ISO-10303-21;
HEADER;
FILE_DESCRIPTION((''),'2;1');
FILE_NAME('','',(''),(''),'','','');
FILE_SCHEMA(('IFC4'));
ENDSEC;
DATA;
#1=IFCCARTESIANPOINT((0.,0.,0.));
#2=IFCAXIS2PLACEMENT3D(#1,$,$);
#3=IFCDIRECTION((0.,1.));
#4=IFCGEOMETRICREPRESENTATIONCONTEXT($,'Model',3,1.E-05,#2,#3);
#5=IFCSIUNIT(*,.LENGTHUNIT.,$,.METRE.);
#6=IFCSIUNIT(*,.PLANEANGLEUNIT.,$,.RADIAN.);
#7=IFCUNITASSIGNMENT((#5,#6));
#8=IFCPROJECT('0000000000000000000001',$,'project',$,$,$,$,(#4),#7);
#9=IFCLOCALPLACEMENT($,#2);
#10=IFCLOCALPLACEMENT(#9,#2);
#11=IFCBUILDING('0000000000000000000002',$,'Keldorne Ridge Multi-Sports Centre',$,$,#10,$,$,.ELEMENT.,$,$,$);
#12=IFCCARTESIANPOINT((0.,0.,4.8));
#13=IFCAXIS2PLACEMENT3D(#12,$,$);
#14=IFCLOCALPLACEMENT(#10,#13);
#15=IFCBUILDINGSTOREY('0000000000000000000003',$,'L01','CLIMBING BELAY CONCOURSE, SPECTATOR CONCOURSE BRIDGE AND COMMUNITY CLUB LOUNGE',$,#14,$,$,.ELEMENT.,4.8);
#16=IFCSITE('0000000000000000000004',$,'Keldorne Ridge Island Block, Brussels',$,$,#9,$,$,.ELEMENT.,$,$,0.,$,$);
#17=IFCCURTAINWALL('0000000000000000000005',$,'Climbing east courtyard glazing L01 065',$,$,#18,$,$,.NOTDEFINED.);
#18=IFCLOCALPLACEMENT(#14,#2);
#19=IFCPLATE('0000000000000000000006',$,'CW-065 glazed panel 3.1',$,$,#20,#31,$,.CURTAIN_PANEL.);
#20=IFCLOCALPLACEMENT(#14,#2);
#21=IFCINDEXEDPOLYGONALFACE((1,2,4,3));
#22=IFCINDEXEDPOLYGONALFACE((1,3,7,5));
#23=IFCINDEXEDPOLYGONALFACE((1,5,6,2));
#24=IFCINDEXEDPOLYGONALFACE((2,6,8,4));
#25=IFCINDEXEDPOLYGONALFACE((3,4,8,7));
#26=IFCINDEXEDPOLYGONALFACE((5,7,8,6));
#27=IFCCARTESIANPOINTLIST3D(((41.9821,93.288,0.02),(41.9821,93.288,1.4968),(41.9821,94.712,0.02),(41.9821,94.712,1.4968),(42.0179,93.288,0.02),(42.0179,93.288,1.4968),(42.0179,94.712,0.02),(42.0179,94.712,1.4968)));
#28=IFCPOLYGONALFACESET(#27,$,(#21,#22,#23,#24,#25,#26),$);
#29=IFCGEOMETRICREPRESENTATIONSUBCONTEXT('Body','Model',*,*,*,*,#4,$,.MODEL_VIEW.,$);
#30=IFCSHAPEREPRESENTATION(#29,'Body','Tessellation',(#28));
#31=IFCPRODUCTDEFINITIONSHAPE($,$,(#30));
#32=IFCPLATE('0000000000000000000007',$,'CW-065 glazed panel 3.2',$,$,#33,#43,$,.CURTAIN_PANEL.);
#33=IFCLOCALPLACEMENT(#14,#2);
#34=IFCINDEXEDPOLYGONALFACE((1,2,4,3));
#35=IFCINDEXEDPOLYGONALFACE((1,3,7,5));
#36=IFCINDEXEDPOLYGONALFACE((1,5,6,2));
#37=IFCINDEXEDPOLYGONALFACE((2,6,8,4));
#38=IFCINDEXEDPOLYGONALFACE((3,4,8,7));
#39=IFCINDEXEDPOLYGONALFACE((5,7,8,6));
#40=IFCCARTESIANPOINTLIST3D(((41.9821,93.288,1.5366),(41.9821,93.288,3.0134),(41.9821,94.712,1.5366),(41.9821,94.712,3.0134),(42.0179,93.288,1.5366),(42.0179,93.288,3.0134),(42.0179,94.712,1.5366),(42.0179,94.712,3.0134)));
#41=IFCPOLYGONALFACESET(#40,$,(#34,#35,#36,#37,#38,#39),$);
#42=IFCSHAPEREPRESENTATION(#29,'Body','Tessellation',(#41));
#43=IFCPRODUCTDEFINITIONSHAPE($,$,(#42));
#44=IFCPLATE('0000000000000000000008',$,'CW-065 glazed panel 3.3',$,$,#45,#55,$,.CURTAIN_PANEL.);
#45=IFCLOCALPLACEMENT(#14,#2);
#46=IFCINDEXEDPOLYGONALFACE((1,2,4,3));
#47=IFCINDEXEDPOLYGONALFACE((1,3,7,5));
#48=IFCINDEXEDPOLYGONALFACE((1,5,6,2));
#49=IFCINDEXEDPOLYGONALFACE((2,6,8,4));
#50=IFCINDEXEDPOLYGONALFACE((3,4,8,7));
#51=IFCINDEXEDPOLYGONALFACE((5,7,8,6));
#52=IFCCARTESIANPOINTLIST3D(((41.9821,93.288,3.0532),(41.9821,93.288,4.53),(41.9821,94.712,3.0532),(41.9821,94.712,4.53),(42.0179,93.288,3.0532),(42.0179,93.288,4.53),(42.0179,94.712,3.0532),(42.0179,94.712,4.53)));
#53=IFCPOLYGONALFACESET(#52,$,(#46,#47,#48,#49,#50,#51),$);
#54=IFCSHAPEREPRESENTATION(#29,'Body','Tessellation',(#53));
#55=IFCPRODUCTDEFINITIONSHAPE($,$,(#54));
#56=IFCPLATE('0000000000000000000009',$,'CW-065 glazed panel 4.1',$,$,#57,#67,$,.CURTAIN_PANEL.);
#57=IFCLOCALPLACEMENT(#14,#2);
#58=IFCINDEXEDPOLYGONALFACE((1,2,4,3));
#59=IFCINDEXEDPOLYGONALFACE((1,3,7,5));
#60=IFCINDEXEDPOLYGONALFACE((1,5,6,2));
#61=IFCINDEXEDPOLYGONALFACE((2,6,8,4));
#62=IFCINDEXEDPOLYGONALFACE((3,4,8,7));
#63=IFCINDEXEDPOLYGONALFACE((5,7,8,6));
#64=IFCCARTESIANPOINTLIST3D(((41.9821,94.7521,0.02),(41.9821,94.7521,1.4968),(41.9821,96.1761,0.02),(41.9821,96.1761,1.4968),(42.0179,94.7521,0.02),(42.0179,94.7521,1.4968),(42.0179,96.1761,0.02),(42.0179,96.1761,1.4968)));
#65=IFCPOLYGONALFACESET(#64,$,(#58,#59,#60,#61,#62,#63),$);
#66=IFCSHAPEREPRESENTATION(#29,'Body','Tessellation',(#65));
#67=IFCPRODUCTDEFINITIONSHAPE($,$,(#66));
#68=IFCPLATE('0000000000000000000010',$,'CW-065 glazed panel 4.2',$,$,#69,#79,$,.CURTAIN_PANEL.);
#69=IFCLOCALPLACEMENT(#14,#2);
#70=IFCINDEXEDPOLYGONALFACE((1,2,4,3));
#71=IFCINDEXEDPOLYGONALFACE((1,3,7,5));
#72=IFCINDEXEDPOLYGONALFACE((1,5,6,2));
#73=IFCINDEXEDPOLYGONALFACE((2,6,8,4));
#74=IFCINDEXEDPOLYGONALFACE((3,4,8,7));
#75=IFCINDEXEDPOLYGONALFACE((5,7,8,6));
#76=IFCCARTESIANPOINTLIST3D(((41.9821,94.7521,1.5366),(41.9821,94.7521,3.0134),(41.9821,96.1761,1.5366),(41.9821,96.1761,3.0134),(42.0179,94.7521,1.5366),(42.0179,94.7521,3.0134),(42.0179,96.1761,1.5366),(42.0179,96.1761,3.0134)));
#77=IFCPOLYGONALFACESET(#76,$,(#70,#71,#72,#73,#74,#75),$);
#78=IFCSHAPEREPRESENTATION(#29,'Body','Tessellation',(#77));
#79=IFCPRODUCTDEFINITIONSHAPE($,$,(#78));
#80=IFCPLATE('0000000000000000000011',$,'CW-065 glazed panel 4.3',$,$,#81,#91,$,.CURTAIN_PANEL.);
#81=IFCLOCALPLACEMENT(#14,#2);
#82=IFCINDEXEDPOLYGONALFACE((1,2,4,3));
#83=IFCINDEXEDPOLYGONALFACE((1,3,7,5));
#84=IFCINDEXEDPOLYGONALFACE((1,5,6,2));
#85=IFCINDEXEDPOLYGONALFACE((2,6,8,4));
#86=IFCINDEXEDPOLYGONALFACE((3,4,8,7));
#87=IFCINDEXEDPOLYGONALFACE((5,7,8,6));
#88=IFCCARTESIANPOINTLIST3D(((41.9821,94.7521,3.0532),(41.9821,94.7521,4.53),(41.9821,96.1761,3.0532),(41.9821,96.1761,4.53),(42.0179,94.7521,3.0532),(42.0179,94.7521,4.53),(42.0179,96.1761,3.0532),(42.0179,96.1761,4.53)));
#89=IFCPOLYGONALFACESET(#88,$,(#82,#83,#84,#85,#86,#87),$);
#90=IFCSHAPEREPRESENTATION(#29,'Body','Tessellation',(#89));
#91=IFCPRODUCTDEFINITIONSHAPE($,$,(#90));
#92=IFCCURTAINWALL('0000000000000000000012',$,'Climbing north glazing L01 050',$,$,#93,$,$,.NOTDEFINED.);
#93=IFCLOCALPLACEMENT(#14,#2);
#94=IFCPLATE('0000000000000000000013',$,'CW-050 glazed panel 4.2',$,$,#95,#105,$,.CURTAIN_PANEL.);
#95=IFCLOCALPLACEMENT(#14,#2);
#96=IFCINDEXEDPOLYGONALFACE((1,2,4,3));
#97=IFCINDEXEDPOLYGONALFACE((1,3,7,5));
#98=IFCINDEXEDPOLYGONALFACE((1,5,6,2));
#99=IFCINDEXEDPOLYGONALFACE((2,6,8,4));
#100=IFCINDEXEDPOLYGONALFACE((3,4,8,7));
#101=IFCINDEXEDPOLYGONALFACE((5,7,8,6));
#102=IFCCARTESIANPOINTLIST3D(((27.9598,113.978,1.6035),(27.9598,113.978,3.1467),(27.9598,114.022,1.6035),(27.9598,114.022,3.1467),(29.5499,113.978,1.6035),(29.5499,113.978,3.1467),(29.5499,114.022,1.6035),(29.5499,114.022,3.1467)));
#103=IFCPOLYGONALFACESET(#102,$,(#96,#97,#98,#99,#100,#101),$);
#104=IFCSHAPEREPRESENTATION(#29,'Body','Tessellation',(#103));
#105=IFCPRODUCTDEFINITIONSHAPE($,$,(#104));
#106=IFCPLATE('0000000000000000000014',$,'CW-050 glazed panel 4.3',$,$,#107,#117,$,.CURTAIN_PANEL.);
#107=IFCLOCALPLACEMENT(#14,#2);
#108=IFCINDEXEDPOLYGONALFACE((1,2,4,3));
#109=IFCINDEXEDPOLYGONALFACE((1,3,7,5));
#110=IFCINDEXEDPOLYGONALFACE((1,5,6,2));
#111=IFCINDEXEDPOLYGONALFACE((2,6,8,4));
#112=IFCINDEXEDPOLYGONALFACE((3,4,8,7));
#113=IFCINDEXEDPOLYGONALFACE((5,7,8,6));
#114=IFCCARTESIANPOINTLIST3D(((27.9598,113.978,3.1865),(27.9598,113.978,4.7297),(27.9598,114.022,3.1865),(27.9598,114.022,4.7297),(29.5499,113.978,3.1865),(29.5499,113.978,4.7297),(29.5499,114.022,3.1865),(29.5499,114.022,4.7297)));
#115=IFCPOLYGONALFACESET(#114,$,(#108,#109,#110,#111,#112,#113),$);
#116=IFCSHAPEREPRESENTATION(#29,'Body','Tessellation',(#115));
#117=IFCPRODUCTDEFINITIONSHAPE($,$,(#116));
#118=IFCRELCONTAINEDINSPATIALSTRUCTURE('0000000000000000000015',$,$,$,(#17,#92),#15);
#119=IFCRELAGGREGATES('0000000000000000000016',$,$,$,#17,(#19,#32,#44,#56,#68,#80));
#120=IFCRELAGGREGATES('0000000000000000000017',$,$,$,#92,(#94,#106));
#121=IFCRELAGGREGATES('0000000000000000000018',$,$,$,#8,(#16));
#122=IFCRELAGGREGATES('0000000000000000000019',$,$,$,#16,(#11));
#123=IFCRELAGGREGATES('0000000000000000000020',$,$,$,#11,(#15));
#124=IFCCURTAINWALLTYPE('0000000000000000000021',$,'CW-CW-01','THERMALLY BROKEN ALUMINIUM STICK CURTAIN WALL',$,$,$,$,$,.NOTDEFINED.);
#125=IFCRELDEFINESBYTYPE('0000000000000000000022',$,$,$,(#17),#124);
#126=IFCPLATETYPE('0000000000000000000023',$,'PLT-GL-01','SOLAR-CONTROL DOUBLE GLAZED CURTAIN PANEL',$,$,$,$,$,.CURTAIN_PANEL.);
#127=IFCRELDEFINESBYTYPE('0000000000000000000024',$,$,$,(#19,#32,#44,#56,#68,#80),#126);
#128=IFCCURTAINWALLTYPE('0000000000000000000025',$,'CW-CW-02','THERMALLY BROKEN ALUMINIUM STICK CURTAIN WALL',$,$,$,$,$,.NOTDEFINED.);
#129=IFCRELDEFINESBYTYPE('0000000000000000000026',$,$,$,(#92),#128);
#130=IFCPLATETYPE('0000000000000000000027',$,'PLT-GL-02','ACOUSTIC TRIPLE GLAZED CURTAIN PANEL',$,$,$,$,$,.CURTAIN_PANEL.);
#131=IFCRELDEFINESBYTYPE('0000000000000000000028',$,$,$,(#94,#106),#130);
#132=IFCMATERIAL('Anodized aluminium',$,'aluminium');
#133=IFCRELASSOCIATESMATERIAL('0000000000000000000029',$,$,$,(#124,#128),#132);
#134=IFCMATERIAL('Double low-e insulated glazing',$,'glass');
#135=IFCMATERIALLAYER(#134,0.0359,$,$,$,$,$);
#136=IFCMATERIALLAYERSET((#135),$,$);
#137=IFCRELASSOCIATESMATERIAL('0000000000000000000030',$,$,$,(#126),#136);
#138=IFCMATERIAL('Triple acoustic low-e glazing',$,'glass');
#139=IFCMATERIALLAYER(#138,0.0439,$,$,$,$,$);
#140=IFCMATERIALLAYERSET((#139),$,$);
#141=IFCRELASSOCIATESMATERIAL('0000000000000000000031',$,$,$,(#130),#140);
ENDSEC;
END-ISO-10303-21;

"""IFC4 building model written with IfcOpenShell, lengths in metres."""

from ifc_helpers import new_model, si_unit, direction, frame, origin, origin_2d, place, context, subcontext, project, spatial, rectangle, extrude, material, layer, layer_set, type_object, element, aggregate, save


model = new_model("IFC4")

# Units and contexts
model_context = context("Model", 3, precision=1e-05, world=origin(), true_north=direction((0.0, 1.0)))
body_context = subcontext(model_context, "Body", "Model", "MODEL_VIEW")
ifc_project = project(units=[si_unit("LENGTHUNIT", "METRE"), si_unit("PLANEANGLEUNIT", "RADIAN")], contexts=[model_context])

# Site, building, storey
site_placement = place(None, origin())
site = spatial("IfcSite", under=ifc_project, at=site_placement, Name="Keldorne Ridge Island Block, Brussels", CompositionType="ELEMENT", RefElevation=0.0)
building_placement = place(site_placement, origin())
building = spatial("IfcBuilding", under=site, at=building_placement, Name="Keldorne Ridge Multi-Sports Centre", CompositionType="ELEMENT")
storey_placement = place(building_placement, frame((0.0, 0.0, 4.8)))
storey = spatial("IfcBuildingStorey", under=building, at=storey_placement, Name="L01", Description="CLIMBING BELAY CONCOURSE, SPECTATOR CONCOURSE BRIDGE AND COMMUNITY CLUB LOUNGE", CompositionType="ELEMENT", Elevation=4.8)

# Curtain wall, plates
ifc_material_1 = material(Name="Anodized aluminium", Category="aluminium")
curtain_wall_type_1 = type_object("IfcCurtainWallType", Name="CW-CW-01", Description="THERMALLY BROKEN ALUMINIUM STICK CURTAIN WALL", PredefinedType="NOTDEFINED", material=ifc_material_1)
curtain_wall_1_placement = place(storey_placement, origin())
curtain_wall_1 = element("IfcCurtainWall", 1, at=curtain_wall_1_placement, inside=storey, type_object=curtain_wall_type_1, Name="Climbing east courtyard glazing L01 065", PredefinedType="NOTDEFINED")
ifc_material_2 = material(Name="Double low-e insulated glazing", Category="glass")
ifc_layer_1 = layer(ifc_material_2, 0.0359)
ifc_layer_set_1 = layer_set([ifc_layer_1])
plate_type_1 = type_object("IfcPlateType", Name="PLT-GL-01", Description="SOLAR-CONTROL DOUBLE GLAZED CURTAIN PANEL", PredefinedType="CURTAIN_PANEL", material=ifc_layer_set_1)
plate_1_placement = place(storey_placement, frame((42.0, 94.0, 0.02), z_axis=(0.0, 0.0, 1.0), x_axis=(0.0, 1.0, 0.0)))
plate_1 = element("IfcPlate", 2, at=plate_1_placement, type_object=plate_type_1, Name="CW-065 glazed panel 3.1", PredefinedType="CURTAIN_PANEL", context=body_context, shape_type="SweptSolid", body=[
    extrude(rectangle(XDim=1.4241, YDim=0.0359, at=origin_2d()), origin(), (0.0, 0.0, 1.0), 1.4768),
])
plate_2_placement = place(storey_placement, frame((42.0, 94.0, 1.5366), z_axis=(0.0, 0.0, 1.0), x_axis=(0.0, 1.0, 0.0)))
plate_2 = element("IfcPlate", 3, at=plate_2_placement, type_object=plate_type_1, Name="CW-065 glazed panel 3.2", PredefinedType="CURTAIN_PANEL", context=body_context, shape_type="SweptSolid", body=[
    extrude(rectangle(XDim=1.4241, YDim=0.0359, at=origin_2d()), origin(), (0.0, 0.0, 1.0), 1.4768),
])
plate_3_placement = place(storey_placement, frame((42.0, 94.0, 3.0532), z_axis=(0.0, 0.0, 1.0), x_axis=(0.0, 1.0, 0.0)))
plate_3 = element("IfcPlate", 4, at=plate_3_placement, type_object=plate_type_1, Name="CW-065 glazed panel 3.3", PredefinedType="CURTAIN_PANEL", context=body_context, shape_type="SweptSolid", body=[
    extrude(rectangle(XDim=1.4241, YDim=0.0359, at=origin_2d()), origin(), (0.0, 0.0, 1.0), 1.4768),
])
plate_4_placement = place(storey_placement, frame((42.0, 95.4641, 0.02), z_axis=(0.0, 0.0, 1.0), x_axis=(0.0, 1.0, 0.0)))
plate_4 = element("IfcPlate", 5, at=plate_4_placement, type_object=plate_type_1, Name="CW-065 glazed panel 4.1", PredefinedType="CURTAIN_PANEL", context=body_context, shape_type="SweptSolid", body=[
    extrude(rectangle(XDim=1.4241, YDim=0.0359, at=origin_2d()), origin(), (0.0, 0.0, 1.0), 1.4768),
])
plate_5_placement = place(storey_placement, frame((42.0, 95.4641, 1.5366), z_axis=(0.0, 0.0, 1.0), x_axis=(0.0, 1.0, 0.0)))
plate_5 = element("IfcPlate", 6, at=plate_5_placement, type_object=plate_type_1, Name="CW-065 glazed panel 4.2", PredefinedType="CURTAIN_PANEL", context=body_context, shape_type="SweptSolid", body=[
    extrude(rectangle(XDim=1.4241, YDim=0.0359, at=origin_2d()), origin(), (0.0, 0.0, 1.0), 1.4768),
])
plate_6_placement = place(storey_placement, frame((42.0, 95.4641, 3.0532), z_axis=(0.0, 0.0, 1.0), x_axis=(0.0, 1.0, 0.0)))
plate_6 = element("IfcPlate", 7, at=plate_6_placement, type_object=plate_type_1, Name="CW-065 glazed panel 4.3", PredefinedType="CURTAIN_PANEL", context=body_context, shape_type="SweptSolid", body=[
    extrude(rectangle(XDim=1.4241, YDim=0.0359, at=origin_2d()), origin(), (0.0, 0.0, 1.0), 1.4768),
])
aggregate(curtain_wall_1, [plate_1, plate_2, plate_3, plate_4, plate_5, plate_6])

# Curtain wall, plates
curtain_wall_type_2 = type_object("IfcCurtainWallType", Name="CW-CW-02", Description="THERMALLY BROKEN ALUMINIUM STICK CURTAIN WALL", PredefinedType="NOTDEFINED", material=ifc_material_1)
curtain_wall_2_placement = place(storey_placement, origin())
curtain_wall_2 = element("IfcCurtainWall", 8, at=curtain_wall_2_placement, inside=storey, type_object=curtain_wall_type_2, Name="Climbing north glazing L01 050", PredefinedType="NOTDEFINED")
ifc_material_3 = material(Name="Triple acoustic low-e glazing", Category="glass")
ifc_layer_2 = layer(ifc_material_3, 0.0439)
ifc_layer_set_2 = layer_set([ifc_layer_2])
plate_type_2 = type_object("IfcPlateType", Name="PLT-GL-02", Description="ACOUSTIC TRIPLE GLAZED CURTAIN PANEL", PredefinedType="CURTAIN_PANEL", material=ifc_layer_set_2)
plate_7_placement = place(storey_placement, frame((28.7549, 114.0, 1.6035), z_axis=(0.0, 0.0, 1.0), x_axis=(-1.0, 0.0, 0.0)))
plate_7 = element("IfcPlate", 9, at=plate_7_placement, type_object=plate_type_2, Name="CW-050 glazed panel 4.2", PredefinedType="CURTAIN_PANEL", context=body_context, shape_type="SweptSolid", body=[
    extrude(rectangle(XDim=1.5901, YDim=0.0439, at=origin_2d()), origin(), (0.0, 0.0, 1.0), 1.5432),
])
plate_8_placement = place(storey_placement, frame((28.7549, 114.0, 3.1865), z_axis=(0.0, 0.0, 1.0), x_axis=(-1.0, 0.0, 0.0)))
plate_8 = element("IfcPlate", 10, at=plate_8_placement, type_object=plate_type_2, Name="CW-050 glazed panel 4.3", PredefinedType="CURTAIN_PANEL", context=body_context, shape_type="SweptSolid", body=[
    extrude(rectangle(XDim=1.5901, YDim=0.0439, at=origin_2d()), origin(), (0.0, 0.0, 1.0), 1.5432),
])
aggregate(curtain_wall_2, [plate_7, plate_8])

save(model, "model.ifc")
